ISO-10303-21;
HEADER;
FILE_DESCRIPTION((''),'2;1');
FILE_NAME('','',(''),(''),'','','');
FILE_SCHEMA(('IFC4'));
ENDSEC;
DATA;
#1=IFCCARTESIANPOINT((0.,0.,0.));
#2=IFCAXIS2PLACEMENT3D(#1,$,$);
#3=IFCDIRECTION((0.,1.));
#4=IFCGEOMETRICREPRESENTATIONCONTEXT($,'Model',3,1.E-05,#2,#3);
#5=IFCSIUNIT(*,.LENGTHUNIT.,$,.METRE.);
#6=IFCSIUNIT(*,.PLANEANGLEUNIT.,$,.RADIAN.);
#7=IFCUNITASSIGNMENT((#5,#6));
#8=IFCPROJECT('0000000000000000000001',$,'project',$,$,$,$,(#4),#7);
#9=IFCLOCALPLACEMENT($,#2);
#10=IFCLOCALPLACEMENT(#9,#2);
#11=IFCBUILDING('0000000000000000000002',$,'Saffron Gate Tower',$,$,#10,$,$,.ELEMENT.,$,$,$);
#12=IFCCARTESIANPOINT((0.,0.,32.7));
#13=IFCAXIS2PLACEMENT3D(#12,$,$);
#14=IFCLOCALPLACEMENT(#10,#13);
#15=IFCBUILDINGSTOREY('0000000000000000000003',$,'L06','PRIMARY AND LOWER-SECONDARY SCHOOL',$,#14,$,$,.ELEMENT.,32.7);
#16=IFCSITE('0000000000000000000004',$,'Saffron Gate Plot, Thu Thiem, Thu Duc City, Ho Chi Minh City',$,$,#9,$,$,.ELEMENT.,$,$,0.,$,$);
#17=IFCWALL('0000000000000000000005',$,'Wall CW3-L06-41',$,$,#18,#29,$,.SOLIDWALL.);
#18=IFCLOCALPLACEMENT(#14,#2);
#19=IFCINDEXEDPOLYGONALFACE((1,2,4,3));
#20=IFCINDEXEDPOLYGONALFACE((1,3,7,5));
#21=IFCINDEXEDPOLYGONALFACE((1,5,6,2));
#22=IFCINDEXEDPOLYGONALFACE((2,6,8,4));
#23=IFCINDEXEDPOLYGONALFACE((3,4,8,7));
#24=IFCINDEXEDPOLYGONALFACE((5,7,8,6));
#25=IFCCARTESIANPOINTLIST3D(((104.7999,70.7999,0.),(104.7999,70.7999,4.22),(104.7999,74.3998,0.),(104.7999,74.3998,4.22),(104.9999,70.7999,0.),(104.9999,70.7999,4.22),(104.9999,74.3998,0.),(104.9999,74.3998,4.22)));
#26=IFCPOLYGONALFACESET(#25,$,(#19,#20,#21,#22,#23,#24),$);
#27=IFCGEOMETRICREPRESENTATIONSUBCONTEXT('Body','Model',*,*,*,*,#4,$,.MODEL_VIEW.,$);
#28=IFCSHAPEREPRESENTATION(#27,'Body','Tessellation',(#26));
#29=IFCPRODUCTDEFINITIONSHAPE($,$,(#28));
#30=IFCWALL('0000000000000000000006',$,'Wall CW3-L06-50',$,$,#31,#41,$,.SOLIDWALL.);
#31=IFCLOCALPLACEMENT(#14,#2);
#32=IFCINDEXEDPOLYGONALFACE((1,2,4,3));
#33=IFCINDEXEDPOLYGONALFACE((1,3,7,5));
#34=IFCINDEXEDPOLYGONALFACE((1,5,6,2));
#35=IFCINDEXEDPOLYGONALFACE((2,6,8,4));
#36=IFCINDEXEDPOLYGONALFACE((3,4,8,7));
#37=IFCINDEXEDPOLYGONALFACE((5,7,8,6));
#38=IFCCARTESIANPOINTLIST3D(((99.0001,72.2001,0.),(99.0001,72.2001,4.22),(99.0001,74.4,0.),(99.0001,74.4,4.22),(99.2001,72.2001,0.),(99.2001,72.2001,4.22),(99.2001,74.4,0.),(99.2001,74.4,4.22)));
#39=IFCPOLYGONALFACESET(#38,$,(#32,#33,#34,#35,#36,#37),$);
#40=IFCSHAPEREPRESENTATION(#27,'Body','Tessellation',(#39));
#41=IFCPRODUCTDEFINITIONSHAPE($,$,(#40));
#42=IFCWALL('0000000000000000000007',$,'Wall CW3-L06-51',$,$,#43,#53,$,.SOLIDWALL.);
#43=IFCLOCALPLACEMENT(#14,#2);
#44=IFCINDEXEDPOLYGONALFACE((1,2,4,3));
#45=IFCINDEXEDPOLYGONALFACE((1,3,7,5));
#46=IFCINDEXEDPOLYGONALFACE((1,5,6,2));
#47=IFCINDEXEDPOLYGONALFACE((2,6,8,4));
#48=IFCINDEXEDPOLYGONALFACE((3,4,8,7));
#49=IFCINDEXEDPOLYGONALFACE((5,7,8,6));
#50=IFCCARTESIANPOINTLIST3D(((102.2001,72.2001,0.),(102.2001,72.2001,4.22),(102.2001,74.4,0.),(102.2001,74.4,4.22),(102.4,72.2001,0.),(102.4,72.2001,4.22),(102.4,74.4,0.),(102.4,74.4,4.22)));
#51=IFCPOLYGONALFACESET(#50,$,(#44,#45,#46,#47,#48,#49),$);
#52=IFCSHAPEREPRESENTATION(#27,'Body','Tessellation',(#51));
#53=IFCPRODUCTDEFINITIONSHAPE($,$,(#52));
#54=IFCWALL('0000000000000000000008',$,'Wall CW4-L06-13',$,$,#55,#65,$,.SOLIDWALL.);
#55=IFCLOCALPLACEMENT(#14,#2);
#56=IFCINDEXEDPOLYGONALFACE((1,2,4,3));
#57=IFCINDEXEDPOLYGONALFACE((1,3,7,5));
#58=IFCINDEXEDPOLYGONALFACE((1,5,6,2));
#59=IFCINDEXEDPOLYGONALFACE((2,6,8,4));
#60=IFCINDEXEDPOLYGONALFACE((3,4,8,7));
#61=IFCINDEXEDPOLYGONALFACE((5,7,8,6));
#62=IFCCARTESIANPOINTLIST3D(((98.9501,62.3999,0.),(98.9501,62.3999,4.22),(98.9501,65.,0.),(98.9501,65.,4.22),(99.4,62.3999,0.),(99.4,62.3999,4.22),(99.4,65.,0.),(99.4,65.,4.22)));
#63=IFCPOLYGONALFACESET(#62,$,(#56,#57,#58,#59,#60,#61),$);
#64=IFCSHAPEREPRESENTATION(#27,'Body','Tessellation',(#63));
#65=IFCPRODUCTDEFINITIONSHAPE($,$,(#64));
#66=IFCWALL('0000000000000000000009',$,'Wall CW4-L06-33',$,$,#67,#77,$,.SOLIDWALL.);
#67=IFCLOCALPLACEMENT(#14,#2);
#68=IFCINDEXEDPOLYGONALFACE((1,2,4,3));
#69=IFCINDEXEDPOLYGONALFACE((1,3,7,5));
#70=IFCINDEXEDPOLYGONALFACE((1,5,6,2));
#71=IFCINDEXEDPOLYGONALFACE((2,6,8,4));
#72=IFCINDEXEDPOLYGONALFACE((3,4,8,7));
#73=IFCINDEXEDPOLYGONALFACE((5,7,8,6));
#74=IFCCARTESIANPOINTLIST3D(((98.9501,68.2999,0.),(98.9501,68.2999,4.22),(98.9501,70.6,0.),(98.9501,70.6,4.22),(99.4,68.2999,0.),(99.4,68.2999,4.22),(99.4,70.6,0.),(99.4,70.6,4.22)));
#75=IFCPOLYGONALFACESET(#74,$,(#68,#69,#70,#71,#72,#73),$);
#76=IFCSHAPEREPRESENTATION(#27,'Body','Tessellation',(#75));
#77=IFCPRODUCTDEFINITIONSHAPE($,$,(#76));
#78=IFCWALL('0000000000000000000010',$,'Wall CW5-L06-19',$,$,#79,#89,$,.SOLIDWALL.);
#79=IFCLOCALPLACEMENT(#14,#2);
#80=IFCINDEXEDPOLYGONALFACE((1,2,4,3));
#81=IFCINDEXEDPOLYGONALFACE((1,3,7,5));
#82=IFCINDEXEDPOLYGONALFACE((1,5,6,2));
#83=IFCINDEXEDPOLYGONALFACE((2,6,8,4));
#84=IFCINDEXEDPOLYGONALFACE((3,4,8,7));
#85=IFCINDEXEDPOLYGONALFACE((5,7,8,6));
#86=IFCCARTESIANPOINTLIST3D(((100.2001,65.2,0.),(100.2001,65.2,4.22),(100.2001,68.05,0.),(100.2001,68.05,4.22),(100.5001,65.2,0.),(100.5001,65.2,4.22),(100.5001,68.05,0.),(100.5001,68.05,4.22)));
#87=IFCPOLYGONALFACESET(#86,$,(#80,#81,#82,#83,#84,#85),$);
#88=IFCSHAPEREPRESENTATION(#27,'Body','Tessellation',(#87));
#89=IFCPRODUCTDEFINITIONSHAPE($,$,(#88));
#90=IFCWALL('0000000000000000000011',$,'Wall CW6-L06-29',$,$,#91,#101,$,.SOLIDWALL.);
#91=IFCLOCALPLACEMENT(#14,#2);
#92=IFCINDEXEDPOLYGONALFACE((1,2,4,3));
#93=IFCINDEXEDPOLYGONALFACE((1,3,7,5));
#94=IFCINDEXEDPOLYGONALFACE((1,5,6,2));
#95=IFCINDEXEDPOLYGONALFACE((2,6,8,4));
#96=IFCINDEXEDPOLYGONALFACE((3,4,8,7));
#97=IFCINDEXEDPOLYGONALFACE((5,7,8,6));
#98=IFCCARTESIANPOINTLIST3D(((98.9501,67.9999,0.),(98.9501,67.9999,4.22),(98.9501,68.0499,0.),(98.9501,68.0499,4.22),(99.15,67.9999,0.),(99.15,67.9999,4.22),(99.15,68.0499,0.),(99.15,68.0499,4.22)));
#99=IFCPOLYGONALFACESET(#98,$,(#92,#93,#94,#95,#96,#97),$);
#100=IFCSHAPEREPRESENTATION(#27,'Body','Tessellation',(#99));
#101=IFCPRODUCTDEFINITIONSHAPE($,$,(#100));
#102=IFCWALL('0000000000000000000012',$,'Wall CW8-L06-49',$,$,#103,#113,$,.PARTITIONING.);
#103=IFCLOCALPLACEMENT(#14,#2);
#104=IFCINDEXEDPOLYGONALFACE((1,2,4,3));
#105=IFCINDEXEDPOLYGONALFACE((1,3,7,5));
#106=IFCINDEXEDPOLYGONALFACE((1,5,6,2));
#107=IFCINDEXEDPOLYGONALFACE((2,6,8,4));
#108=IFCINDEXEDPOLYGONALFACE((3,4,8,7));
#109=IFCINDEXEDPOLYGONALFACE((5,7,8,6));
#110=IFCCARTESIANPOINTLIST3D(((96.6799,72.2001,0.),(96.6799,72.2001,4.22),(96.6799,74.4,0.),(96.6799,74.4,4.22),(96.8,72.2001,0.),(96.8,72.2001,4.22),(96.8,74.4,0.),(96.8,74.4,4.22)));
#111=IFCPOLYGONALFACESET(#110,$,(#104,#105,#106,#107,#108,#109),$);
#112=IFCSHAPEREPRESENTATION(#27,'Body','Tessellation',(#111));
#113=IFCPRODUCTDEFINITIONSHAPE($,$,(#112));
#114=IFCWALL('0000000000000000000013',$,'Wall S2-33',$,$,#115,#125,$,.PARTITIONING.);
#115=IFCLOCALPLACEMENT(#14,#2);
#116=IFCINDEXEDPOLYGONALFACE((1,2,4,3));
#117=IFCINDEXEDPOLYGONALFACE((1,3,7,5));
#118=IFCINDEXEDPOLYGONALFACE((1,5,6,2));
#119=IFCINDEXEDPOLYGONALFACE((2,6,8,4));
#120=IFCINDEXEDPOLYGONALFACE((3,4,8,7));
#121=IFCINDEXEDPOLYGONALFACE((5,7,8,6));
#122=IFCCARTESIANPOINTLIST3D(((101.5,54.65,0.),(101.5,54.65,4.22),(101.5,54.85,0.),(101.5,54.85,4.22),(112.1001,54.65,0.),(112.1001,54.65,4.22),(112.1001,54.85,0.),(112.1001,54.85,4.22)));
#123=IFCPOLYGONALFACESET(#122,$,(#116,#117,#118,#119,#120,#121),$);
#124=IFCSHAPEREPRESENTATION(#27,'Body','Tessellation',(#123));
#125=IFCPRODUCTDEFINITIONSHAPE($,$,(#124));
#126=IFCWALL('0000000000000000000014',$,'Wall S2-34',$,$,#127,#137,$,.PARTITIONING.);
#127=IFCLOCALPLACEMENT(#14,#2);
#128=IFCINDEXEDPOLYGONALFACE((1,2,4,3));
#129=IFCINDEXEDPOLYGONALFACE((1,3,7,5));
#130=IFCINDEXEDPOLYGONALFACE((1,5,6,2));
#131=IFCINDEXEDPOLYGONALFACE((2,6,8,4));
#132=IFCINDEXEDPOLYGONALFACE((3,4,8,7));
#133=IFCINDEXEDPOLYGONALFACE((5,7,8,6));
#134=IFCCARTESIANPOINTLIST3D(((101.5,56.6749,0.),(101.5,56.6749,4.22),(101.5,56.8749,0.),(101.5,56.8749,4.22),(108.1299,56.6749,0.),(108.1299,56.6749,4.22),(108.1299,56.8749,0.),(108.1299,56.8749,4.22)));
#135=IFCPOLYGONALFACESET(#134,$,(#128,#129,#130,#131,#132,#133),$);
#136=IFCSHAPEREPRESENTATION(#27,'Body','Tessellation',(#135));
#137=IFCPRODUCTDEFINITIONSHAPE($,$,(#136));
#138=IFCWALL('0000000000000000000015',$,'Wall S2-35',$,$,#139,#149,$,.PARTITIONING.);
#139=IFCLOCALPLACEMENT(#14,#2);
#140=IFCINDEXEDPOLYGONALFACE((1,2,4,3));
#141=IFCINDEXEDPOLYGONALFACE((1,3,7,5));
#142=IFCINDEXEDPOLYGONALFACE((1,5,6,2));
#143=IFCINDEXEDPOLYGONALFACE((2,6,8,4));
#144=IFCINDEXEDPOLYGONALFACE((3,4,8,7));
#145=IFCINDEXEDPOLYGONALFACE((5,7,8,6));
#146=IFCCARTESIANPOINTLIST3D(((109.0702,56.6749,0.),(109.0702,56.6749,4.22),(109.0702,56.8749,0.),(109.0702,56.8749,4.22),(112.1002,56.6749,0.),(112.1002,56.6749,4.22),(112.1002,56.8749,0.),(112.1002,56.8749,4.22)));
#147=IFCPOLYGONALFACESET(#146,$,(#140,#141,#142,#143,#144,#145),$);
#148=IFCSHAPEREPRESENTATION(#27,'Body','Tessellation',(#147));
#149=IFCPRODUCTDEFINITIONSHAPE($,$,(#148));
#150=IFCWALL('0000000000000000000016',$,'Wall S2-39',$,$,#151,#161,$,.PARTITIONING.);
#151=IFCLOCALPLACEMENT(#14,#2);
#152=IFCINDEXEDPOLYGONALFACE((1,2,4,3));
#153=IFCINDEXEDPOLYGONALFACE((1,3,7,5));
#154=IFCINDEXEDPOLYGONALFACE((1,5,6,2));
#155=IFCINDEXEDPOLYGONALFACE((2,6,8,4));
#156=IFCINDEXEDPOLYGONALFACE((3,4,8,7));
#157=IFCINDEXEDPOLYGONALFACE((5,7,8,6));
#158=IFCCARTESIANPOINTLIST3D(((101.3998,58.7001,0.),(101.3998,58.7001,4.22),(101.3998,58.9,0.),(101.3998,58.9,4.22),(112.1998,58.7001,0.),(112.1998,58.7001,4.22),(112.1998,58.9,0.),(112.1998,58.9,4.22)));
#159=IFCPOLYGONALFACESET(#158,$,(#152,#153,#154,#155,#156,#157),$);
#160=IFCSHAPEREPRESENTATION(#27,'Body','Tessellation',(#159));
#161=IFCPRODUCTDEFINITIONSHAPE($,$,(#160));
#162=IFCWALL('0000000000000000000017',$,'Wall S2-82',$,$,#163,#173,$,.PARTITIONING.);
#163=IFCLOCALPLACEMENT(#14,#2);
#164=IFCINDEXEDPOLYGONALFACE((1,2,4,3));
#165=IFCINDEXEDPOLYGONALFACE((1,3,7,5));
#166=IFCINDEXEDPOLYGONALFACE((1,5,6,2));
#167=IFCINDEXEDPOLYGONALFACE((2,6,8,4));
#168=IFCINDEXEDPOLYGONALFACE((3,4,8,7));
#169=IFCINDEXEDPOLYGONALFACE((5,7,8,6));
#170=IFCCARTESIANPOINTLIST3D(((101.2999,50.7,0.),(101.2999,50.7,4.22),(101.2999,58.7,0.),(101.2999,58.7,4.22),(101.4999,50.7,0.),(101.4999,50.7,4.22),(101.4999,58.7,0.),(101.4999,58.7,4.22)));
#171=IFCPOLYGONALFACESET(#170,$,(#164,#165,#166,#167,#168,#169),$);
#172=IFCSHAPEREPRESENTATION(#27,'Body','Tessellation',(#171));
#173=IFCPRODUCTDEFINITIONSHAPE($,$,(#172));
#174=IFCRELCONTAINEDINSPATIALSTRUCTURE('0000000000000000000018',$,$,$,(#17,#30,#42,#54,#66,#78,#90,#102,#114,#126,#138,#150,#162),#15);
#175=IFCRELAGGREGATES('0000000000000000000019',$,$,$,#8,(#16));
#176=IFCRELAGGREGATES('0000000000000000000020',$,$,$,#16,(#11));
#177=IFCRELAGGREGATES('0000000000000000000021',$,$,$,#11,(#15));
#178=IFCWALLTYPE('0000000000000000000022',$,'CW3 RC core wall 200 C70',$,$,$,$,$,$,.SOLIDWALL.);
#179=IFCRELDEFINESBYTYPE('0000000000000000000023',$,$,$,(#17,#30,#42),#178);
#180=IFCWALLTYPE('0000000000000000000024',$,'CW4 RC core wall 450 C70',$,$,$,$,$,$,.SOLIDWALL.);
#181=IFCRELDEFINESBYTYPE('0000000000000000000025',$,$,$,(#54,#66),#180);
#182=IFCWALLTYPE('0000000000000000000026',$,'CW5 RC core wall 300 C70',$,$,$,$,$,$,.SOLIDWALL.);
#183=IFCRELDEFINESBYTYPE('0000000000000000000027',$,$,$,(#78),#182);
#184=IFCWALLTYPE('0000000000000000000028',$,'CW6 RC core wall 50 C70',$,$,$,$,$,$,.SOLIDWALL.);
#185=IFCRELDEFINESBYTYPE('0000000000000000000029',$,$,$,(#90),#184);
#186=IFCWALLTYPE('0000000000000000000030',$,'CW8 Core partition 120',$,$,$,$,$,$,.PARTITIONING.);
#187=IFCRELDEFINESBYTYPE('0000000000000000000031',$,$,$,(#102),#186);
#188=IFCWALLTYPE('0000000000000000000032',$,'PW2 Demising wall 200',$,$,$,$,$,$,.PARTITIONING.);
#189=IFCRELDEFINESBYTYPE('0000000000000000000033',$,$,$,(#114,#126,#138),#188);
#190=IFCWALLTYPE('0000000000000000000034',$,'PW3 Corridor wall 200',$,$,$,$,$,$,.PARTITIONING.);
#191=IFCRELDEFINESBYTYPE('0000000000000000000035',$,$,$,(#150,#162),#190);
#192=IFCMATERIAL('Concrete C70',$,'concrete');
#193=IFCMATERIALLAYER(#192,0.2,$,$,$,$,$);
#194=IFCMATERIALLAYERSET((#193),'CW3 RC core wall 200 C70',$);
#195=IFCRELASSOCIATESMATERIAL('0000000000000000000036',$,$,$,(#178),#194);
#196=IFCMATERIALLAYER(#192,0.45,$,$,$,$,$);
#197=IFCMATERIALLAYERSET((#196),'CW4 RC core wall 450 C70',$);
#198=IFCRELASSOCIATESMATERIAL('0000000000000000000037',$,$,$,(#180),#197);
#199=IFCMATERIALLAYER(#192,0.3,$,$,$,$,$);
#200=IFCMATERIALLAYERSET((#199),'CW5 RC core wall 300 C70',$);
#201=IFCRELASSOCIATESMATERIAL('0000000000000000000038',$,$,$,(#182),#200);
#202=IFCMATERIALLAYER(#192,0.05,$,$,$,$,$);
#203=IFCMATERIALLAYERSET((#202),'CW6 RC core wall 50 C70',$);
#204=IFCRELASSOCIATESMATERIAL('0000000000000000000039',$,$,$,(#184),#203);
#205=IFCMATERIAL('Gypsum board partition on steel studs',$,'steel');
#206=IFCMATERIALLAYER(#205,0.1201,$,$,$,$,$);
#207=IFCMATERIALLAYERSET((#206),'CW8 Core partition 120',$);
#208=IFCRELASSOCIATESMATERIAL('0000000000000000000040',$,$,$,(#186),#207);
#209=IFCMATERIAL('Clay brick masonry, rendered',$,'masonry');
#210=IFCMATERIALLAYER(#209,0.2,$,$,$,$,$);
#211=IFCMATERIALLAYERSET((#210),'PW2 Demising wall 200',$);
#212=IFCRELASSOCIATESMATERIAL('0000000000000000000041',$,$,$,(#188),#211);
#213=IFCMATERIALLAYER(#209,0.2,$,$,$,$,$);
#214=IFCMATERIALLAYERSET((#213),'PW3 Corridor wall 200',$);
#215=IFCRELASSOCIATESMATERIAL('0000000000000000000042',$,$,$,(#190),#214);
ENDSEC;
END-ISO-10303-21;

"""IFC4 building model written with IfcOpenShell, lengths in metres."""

from ifc_helpers import new_model, si_unit, direction, frame, frame_2d, origin, place, context, subcontext, project, spatial, rectangle, extrude, material, layer, layer_set, type_object, element, save


model = new_model("IFC4")

# Units and contexts
model_context = context("Model", 3, precision=1e-05, world=origin(), true_north=direction((0.0, 1.0)))
body_context = subcontext(model_context, "Body", "Model", "MODEL_VIEW")
ifc_project = project(units=[si_unit("LENGTHUNIT", "METRE"), si_unit("PLANEANGLEUNIT", "RADIAN")], contexts=[model_context])

# Site, building, storey
site_placement = place(None, origin())
site = spatial("IfcSite", under=ifc_project, at=site_placement, Name="Saffron Gate Plot, Thu Thiem, Thu Duc City, Ho Chi Minh City", CompositionType="ELEMENT", RefElevation=0.0)
building_placement = place(site_placement, origin())
building = spatial("IfcBuilding", under=site, at=building_placement, Name="Saffron Gate Tower", CompositionType="ELEMENT")
storey_placement = place(building_placement, frame((0.0, 0.0, 32.7)))
storey = spatial("IfcBuildingStorey", under=building, at=storey_placement, Name="L06", Description="PRIMARY AND LOWER-SECONDARY SCHOOL", CompositionType="ELEMENT", Elevation=32.7)

# Shared definitions
ifc_material_1 = material(Name="Concrete C70", Category="concrete")

# Walls
ifc_layer_1 = layer(ifc_material_1, 0.2)
ifc_layer_set_1 = layer_set([ifc_layer_1], Name="CW3 RC core wall 200 C70")
wall_type_1 = type_object("IfcWallType", Name="CW3 RC core wall 200 C70", PredefinedType="SOLIDWALL", material=ifc_layer_set_1)
wall_1_placement = place(storey_placement, frame((104.8999, 70.8, 0.0), z_axis=(0.0, 0.0, 1.0), x_axis=(0.0, 1.0, 0.0)))
element("IfcWall", 1, at=wall_1_placement, inside=storey, type_object=wall_type_1, Name="Wall CW3-L06-41", PredefinedType="SOLIDWALL", context=body_context, shape_type="SweptSolid", body=[
    extrude(rectangle(XDim=3.5999, YDim=0.2, at=frame_2d((1.7998, 0.0))), origin(), (0.0, 0.0, 1.0), 4.22),
])
for number, where, z_axis, x_axis, name in (
    (2, (99.1001, 72.2, 0.0), (0.0, 0.0, 1.0), (0.0, 1.0, 0.0), "Wall CW3-L06-50"),
    (3, (102.3, 72.2, 0.0), (0.0, 0.0, 1.0), (0.0, 1.0, 0.0), "Wall CW3-L06-51"),
):
    element("IfcWall", number, at=place(storey_placement, frame(where, z_axis=z_axis, x_axis=x_axis)), inside=storey, type_object=wall_type_1, Name=name, PredefinedType="SOLIDWALL", context=body_context, shape_type="SweptSolid", body=[
        extrude(rectangle(XDim=2.2, YDim=0.2, at=frame_2d((1.1001, 0.0))), origin(), (0.0, 0.0, 1.0), 4.22),
    ])
ifc_layer_2 = layer(ifc_material_1, 0.45)
ifc_layer_set_2 = layer_set([ifc_layer_2], Name="CW4 RC core wall 450 C70")
wall_type_2 = type_object("IfcWallType", Name="CW4 RC core wall 450 C70", PredefinedType="SOLIDWALL", material=ifc_layer_set_2)
wall_2_placement = place(storey_placement, frame((99.175, 62.3999, 0.0), z_axis=(0.0, 0.0, 1.0), x_axis=(0.0, 1.0, 0.0)))
element("IfcWall", 4, at=wall_2_placement, inside=storey, type_object=wall_type_2, Name="Wall CW4-L06-13", PredefinedType="SOLIDWALL", context=body_context, shape_type="SweptSolid", body=[
    extrude(rectangle(XDim=2.6001, YDim=0.45, at=frame_2d((1.3, 0.0))), origin(), (0.0, 0.0, 1.0), 4.22),
])
wall_3_placement = place(storey_placement, frame((99.175, 68.3, 0.0), z_axis=(0.0, 0.0, 1.0), x_axis=(0.0, 1.0, 0.0)))
element("IfcWall", 5, at=wall_3_placement, inside=storey, type_object=wall_type_2, Name="Wall CW4-L06-33", PredefinedType="SOLIDWALL", context=body_context, shape_type="SweptSolid", body=[
    extrude(rectangle(XDim=2.3, YDim=0.45, at=frame_2d((1.1499, 0.0))), origin(), (0.0, 0.0, 1.0), 4.22),
])
ifc_layer_3 = layer(ifc_material_1, 0.3)
ifc_layer_set_3 = layer_set([ifc_layer_3], Name="CW5 RC core wall 300 C70")
wall_type_3 = type_object("IfcWallType", Name="CW5 RC core wall 300 C70", PredefinedType="SOLIDWALL", material=ifc_layer_set_3)
wall_4_placement = place(storey_placement, frame((100.3501, 65.2, 0.0), z_axis=(0.0, 0.0, 1.0), x_axis=(0.0, 1.0, 0.0)))
element("IfcWall", 6, at=wall_4_placement, inside=storey, type_object=wall_type_3, Name="Wall CW5-L06-19", PredefinedType="SOLIDWALL", context=body_context, shape_type="SweptSolid", body=[
    extrude(rectangle(XDim=2.8501, YDim=0.3, at=frame_2d((1.425, 0.0))), origin(), (0.0, 0.0, 1.0), 4.22),
])
ifc_layer_4 = layer(ifc_material_1, 0.05)
ifc_layer_set_4 = layer_set([ifc_layer_4], Name="CW6 RC core wall 50 C70")
wall_type_4 = type_object("IfcWallType", Name="CW6 RC core wall 50 C70", PredefinedType="SOLIDWALL", material=ifc_layer_set_4)
wall_5_placement = place(storey_placement, frame((98.95, 68.0249, 0.0), z_axis=(0.0, 0.0, 1.0), x_axis=(1.0, 0.0, 0.0)))
element("IfcWall", 7, at=wall_5_placement, inside=storey, type_object=wall_type_4, Name="Wall CW6-L06-29", PredefinedType="SOLIDWALL", context=body_context, shape_type="SweptSolid", body=[
    extrude(rectangle(XDim=0.2, YDim=0.05, at=frame_2d((0.1001, 0.0))), origin(), (0.0, 0.0, 1.0), 4.22),
])
ifc_material_2 = material(Name="Gypsum board partition on steel studs", Category="steel")
ifc_layer_5 = layer(ifc_material_2, 0.1201)
ifc_layer_set_5 = layer_set([ifc_layer_5], Name="CW8 Core partition 120")
wall_type_5 = type_object("IfcWallType", Name="CW8 Core partition 120", PredefinedType="PARTITIONING", material=ifc_layer_set_5)
wall_6_placement = place(storey_placement, frame((96.74, 72.2, 0.0), z_axis=(0.0, 0.0, 1.0), x_axis=(0.0, 1.0, 0.0)))
element("IfcWall", 8, at=wall_6_placement, inside=storey, type_object=wall_type_5, Name="Wall CW8-L06-49", PredefinedType="PARTITIONING", context=body_context, shape_type="SweptSolid", body=[
    extrude(rectangle(XDim=2.2, YDim=0.1201, at=frame_2d((1.1001, 0.0))), origin(), (0.0, 0.0, 1.0), 4.22),
])
ifc_material_3 = material(Name="Clay brick masonry, rendered", Category="masonry")
ifc_layer_6 = layer(ifc_material_3, 0.2)
ifc_layer_set_6 = layer_set([ifc_layer_6], Name="PW2 Demising wall 200")
wall_type_6 = type_object("IfcWallType", Name="PW2 Demising wall 200", PredefinedType="PARTITIONING", material=ifc_layer_set_6)
wall_7_placement = place(storey_placement, frame((101.5, 54.75, 0.0), z_axis=(0.0, 0.0, 1.0), x_axis=(1.0, 0.0, 0.0)))
element("IfcWall", 9, at=wall_7_placement, inside=storey, type_object=wall_type_6, Name="Wall S2-33", PredefinedType="PARTITIONING", context=body_context, shape_type="SweptSolid", body=[
    extrude(rectangle(XDim=10.6001, YDim=0.2, at=frame_2d((5.3, 0.0))), origin(), (0.0, 0.0, 1.0), 4.22),
])
wall_8_placement = place(storey_placement, frame((101.5, 56.7749, 0.0), z_axis=(0.0, 0.0, 1.0), x_axis=(1.0, 0.0, 0.0)))
element("IfcWall", 10, at=wall_8_placement, inside=storey, type_object=wall_type_6, Name="Wall S2-34", PredefinedType="PARTITIONING", context=body_context, shape_type="SweptSolid", body=[
    extrude(rectangle(XDim=6.6299, YDim=0.2, at=frame_2d((3.3149, 0.0))), origin(), (0.0, 0.0, 1.0), 4.22),
])
wall_9_placement = place(storey_placement, frame((109.0701, 56.7749, 0.0), z_axis=(0.0, 0.0, 1.0), x_axis=(1.0, 0.0, 0.0)))
element("IfcWall", 11, at=wall_9_placement, inside=storey, type_object=wall_type_6, Name="Wall S2-35", PredefinedType="PARTITIONING", context=body_context, shape_type="SweptSolid", body=[
    extrude(rectangle(XDim=3.03, YDim=0.2, at=frame_2d((1.5151, 0.0))), origin(), (0.0, 0.0, 1.0), 4.22),
])
ifc_layer_7 = layer(ifc_material_3, 0.2)
ifc_layer_set_7 = layer_set([ifc_layer_7], Name="PW3 Corridor wall 200")
wall_type_7 = type_object("IfcWallType", Name="PW3 Corridor wall 200", PredefinedType="PARTITIONING", material=ifc_layer_set_7)
wall_10_placement = place(storey_placement, frame((101.3999, 58.8, 0.0), z_axis=(0.0, 0.0, 1.0), x_axis=(1.0, 0.0, 0.0)))
element("IfcWall", 12, at=wall_10_placement, inside=storey, type_object=wall_type_7, Name="Wall S2-39", PredefinedType="PARTITIONING", context=body_context, shape_type="SweptSolid", body=[
    extrude(rectangle(XDim=10.8, YDim=0.2, at=frame_2d((5.3999, 0.0))), origin(), (0.0, 0.0, 1.0), 4.22),
])
wall_11_placement = place(storey_placement, frame((101.3999, 58.7, 0.0), z_axis=(0.0, 0.0, 1.0), x_axis=(0.0, -1.0, 0.0)))
element("IfcWall", 13, at=wall_11_placement, inside=storey, type_object=wall_type_7, Name="Wall S2-82", PredefinedType="PARTITIONING", context=body_context, shape_type="SweptSolid", body=[
    extrude(rectangle(XDim=8.0, YDim=0.2, at=frame_2d((4.0, 0.0))), origin(), (0.0, 0.0, 1.0), 4.22),
])

save(model, "model.ifc")
